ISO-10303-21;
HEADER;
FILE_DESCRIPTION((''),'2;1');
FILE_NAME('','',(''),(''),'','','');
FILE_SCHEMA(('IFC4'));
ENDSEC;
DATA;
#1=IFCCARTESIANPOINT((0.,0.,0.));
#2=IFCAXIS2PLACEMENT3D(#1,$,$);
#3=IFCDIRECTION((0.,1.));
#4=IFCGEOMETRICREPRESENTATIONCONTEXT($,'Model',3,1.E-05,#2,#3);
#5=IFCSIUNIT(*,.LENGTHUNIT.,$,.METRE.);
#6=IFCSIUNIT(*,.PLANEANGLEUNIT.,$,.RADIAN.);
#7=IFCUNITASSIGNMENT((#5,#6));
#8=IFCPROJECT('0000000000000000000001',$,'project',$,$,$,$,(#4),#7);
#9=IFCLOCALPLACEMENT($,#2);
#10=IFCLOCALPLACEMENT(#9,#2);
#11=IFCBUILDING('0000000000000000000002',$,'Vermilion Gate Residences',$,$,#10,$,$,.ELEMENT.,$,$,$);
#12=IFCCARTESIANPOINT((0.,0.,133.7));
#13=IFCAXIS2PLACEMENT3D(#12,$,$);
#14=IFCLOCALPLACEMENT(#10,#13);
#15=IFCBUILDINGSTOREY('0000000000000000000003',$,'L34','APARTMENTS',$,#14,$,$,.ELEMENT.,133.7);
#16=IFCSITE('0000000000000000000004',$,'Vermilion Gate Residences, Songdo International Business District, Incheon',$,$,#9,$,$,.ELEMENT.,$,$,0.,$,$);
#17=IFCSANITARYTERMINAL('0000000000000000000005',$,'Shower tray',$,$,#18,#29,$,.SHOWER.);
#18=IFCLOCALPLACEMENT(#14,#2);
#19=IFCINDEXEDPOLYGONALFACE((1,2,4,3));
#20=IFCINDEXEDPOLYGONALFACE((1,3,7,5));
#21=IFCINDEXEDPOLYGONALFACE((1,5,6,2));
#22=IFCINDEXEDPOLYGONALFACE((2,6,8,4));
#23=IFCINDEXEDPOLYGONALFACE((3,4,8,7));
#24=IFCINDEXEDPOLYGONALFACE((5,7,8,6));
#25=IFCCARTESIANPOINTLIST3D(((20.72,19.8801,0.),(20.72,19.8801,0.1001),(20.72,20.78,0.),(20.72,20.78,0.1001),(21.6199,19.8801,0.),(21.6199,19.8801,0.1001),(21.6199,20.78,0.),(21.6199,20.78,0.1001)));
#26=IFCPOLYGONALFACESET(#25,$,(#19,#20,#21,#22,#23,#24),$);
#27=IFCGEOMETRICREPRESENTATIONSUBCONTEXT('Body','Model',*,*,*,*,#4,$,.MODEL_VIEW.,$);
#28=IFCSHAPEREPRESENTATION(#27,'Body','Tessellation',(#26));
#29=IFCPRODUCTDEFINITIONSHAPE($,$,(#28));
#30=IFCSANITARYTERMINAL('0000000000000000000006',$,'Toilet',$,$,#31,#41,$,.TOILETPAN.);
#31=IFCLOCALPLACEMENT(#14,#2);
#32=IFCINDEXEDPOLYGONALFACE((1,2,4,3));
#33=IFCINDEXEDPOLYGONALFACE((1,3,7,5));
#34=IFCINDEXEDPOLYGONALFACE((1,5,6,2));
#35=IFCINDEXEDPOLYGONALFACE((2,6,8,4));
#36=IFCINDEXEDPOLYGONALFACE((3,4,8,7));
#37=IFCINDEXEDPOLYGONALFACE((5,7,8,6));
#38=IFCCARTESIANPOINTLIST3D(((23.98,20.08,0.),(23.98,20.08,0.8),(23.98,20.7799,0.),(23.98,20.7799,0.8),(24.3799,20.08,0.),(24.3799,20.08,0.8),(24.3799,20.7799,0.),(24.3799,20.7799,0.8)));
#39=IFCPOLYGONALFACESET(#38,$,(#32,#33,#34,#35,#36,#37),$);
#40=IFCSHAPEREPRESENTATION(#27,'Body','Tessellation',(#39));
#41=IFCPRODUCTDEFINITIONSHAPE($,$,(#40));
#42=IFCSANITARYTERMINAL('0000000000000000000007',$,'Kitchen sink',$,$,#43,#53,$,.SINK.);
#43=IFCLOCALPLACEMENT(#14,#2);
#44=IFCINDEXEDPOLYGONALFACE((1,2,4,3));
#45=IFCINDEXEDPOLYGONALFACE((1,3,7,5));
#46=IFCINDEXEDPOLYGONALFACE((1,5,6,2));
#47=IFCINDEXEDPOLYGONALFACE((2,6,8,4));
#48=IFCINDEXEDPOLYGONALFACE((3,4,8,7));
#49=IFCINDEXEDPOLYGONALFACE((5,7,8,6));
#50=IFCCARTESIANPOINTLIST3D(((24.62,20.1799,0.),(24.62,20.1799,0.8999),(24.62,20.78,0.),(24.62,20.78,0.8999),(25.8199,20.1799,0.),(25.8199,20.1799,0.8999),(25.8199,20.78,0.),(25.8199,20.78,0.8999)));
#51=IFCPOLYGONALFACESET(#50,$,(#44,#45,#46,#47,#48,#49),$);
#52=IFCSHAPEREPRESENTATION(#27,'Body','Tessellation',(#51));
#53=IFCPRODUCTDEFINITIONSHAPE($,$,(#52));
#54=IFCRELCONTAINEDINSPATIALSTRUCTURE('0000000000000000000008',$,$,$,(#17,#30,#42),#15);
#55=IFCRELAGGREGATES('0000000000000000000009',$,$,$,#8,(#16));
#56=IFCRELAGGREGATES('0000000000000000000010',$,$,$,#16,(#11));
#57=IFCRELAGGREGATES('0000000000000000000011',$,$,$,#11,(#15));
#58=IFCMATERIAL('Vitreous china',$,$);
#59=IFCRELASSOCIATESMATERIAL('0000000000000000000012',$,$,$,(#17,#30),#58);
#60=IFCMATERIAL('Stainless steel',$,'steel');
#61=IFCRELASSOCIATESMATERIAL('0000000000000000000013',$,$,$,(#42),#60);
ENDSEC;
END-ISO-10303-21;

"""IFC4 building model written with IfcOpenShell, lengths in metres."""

from ifc_helpers import new_model, si_unit, direction, frame, origin, origin_2d, place, context, subcontext, project, spatial, rectangle, extrude, material, element, save


model = new_model("IFC4")

# Units and contexts
model_context = context("Model", 3, precision=1e-05, world=origin(), true_north=direction((0.0, 1.0)))
body_context = subcontext(model_context, "Body", "Model", "MODEL_VIEW")
ifc_project = project(units=[si_unit("LENGTHUNIT", "METRE"), si_unit("PLANEANGLEUNIT", "RADIAN")], contexts=[model_context])

# Site, building, storey
site_placement = place(None, origin())
site = spatial("IfcSite", under=ifc_project, at=site_placement, Name="Vermilion Gate Residences, Songdo International Business District, Incheon", CompositionType="ELEMENT", RefElevation=0.0)
building_placement = place(site_placement, origin())
building = spatial("IfcBuilding", under=site, at=building_placement, Name="Vermilion Gate Residences", CompositionType="ELEMENT")
storey_placement = place(building_placement, frame((0.0, 0.0, 133.7)))
storey = spatial("IfcBuildingStorey", under=building, at=storey_placement, Name="L34", Description="APARTMENTS", CompositionType="ELEMENT", Elevation=133.7)

# Sanitary terminals
ifc_material_1 = material(Name="Vitreous china")
sanitary_terminal_1_placement = place(storey_placement, frame((21.1699, 20.3301, 0.0), z_axis=(0.0, 0.0, 1.0), x_axis=(1.0, 0.0, 0.0)))
element("IfcSanitaryTerminal", 1, at=sanitary_terminal_1_placement, inside=storey, material=ifc_material_1, Name="Shower tray", PredefinedType="SHOWER", context=body_context, shape_type="SweptSolid", body=[
    extrude(rectangle(XDim=0.8999, YDim=0.8999, at=origin_2d()), origin(), (0.0, 0.0, 1.0), 0.1001),
])
sanitary_terminal_2_placement = place(storey_placement, frame((24.1799, 20.4299, 0.0), z_axis=(0.0, 0.0, 1.0), x_axis=(1.0, 0.0, 0.0)))
element("IfcSanitaryTerminal", 2, at=sanitary_terminal_2_placement, inside=storey, material=ifc_material_1, Name="Toilet", PredefinedType="TOILETPAN", context=body_context, shape_type="SweptSolid", body=[
    extrude(rectangle(XDim=0.3999, YDim=0.7, at=origin_2d()), origin(), (0.0, 0.0, 1.0), 0.8),
])
ifc_material_2 = material(Name="Stainless steel", Category="steel")
sanitary_terminal_3_placement = place(storey_placement, frame((25.22, 20.48, 0.0), z_axis=(0.0, 0.0, 1.0), x_axis=(1.0, 0.0, 0.0)))
element("IfcSanitaryTerminal", 3, at=sanitary_terminal_3_placement, inside=storey, material=ifc_material_2, Name="Kitchen sink", PredefinedType="SINK", context=body_context, shape_type="SweptSolid", body=[
    extrude(rectangle(XDim=1.2, YDim=0.6001, at=origin_2d()), origin(), (0.0, 0.0, 1.0), 0.8999),
])

save(model, "model.ifc")
